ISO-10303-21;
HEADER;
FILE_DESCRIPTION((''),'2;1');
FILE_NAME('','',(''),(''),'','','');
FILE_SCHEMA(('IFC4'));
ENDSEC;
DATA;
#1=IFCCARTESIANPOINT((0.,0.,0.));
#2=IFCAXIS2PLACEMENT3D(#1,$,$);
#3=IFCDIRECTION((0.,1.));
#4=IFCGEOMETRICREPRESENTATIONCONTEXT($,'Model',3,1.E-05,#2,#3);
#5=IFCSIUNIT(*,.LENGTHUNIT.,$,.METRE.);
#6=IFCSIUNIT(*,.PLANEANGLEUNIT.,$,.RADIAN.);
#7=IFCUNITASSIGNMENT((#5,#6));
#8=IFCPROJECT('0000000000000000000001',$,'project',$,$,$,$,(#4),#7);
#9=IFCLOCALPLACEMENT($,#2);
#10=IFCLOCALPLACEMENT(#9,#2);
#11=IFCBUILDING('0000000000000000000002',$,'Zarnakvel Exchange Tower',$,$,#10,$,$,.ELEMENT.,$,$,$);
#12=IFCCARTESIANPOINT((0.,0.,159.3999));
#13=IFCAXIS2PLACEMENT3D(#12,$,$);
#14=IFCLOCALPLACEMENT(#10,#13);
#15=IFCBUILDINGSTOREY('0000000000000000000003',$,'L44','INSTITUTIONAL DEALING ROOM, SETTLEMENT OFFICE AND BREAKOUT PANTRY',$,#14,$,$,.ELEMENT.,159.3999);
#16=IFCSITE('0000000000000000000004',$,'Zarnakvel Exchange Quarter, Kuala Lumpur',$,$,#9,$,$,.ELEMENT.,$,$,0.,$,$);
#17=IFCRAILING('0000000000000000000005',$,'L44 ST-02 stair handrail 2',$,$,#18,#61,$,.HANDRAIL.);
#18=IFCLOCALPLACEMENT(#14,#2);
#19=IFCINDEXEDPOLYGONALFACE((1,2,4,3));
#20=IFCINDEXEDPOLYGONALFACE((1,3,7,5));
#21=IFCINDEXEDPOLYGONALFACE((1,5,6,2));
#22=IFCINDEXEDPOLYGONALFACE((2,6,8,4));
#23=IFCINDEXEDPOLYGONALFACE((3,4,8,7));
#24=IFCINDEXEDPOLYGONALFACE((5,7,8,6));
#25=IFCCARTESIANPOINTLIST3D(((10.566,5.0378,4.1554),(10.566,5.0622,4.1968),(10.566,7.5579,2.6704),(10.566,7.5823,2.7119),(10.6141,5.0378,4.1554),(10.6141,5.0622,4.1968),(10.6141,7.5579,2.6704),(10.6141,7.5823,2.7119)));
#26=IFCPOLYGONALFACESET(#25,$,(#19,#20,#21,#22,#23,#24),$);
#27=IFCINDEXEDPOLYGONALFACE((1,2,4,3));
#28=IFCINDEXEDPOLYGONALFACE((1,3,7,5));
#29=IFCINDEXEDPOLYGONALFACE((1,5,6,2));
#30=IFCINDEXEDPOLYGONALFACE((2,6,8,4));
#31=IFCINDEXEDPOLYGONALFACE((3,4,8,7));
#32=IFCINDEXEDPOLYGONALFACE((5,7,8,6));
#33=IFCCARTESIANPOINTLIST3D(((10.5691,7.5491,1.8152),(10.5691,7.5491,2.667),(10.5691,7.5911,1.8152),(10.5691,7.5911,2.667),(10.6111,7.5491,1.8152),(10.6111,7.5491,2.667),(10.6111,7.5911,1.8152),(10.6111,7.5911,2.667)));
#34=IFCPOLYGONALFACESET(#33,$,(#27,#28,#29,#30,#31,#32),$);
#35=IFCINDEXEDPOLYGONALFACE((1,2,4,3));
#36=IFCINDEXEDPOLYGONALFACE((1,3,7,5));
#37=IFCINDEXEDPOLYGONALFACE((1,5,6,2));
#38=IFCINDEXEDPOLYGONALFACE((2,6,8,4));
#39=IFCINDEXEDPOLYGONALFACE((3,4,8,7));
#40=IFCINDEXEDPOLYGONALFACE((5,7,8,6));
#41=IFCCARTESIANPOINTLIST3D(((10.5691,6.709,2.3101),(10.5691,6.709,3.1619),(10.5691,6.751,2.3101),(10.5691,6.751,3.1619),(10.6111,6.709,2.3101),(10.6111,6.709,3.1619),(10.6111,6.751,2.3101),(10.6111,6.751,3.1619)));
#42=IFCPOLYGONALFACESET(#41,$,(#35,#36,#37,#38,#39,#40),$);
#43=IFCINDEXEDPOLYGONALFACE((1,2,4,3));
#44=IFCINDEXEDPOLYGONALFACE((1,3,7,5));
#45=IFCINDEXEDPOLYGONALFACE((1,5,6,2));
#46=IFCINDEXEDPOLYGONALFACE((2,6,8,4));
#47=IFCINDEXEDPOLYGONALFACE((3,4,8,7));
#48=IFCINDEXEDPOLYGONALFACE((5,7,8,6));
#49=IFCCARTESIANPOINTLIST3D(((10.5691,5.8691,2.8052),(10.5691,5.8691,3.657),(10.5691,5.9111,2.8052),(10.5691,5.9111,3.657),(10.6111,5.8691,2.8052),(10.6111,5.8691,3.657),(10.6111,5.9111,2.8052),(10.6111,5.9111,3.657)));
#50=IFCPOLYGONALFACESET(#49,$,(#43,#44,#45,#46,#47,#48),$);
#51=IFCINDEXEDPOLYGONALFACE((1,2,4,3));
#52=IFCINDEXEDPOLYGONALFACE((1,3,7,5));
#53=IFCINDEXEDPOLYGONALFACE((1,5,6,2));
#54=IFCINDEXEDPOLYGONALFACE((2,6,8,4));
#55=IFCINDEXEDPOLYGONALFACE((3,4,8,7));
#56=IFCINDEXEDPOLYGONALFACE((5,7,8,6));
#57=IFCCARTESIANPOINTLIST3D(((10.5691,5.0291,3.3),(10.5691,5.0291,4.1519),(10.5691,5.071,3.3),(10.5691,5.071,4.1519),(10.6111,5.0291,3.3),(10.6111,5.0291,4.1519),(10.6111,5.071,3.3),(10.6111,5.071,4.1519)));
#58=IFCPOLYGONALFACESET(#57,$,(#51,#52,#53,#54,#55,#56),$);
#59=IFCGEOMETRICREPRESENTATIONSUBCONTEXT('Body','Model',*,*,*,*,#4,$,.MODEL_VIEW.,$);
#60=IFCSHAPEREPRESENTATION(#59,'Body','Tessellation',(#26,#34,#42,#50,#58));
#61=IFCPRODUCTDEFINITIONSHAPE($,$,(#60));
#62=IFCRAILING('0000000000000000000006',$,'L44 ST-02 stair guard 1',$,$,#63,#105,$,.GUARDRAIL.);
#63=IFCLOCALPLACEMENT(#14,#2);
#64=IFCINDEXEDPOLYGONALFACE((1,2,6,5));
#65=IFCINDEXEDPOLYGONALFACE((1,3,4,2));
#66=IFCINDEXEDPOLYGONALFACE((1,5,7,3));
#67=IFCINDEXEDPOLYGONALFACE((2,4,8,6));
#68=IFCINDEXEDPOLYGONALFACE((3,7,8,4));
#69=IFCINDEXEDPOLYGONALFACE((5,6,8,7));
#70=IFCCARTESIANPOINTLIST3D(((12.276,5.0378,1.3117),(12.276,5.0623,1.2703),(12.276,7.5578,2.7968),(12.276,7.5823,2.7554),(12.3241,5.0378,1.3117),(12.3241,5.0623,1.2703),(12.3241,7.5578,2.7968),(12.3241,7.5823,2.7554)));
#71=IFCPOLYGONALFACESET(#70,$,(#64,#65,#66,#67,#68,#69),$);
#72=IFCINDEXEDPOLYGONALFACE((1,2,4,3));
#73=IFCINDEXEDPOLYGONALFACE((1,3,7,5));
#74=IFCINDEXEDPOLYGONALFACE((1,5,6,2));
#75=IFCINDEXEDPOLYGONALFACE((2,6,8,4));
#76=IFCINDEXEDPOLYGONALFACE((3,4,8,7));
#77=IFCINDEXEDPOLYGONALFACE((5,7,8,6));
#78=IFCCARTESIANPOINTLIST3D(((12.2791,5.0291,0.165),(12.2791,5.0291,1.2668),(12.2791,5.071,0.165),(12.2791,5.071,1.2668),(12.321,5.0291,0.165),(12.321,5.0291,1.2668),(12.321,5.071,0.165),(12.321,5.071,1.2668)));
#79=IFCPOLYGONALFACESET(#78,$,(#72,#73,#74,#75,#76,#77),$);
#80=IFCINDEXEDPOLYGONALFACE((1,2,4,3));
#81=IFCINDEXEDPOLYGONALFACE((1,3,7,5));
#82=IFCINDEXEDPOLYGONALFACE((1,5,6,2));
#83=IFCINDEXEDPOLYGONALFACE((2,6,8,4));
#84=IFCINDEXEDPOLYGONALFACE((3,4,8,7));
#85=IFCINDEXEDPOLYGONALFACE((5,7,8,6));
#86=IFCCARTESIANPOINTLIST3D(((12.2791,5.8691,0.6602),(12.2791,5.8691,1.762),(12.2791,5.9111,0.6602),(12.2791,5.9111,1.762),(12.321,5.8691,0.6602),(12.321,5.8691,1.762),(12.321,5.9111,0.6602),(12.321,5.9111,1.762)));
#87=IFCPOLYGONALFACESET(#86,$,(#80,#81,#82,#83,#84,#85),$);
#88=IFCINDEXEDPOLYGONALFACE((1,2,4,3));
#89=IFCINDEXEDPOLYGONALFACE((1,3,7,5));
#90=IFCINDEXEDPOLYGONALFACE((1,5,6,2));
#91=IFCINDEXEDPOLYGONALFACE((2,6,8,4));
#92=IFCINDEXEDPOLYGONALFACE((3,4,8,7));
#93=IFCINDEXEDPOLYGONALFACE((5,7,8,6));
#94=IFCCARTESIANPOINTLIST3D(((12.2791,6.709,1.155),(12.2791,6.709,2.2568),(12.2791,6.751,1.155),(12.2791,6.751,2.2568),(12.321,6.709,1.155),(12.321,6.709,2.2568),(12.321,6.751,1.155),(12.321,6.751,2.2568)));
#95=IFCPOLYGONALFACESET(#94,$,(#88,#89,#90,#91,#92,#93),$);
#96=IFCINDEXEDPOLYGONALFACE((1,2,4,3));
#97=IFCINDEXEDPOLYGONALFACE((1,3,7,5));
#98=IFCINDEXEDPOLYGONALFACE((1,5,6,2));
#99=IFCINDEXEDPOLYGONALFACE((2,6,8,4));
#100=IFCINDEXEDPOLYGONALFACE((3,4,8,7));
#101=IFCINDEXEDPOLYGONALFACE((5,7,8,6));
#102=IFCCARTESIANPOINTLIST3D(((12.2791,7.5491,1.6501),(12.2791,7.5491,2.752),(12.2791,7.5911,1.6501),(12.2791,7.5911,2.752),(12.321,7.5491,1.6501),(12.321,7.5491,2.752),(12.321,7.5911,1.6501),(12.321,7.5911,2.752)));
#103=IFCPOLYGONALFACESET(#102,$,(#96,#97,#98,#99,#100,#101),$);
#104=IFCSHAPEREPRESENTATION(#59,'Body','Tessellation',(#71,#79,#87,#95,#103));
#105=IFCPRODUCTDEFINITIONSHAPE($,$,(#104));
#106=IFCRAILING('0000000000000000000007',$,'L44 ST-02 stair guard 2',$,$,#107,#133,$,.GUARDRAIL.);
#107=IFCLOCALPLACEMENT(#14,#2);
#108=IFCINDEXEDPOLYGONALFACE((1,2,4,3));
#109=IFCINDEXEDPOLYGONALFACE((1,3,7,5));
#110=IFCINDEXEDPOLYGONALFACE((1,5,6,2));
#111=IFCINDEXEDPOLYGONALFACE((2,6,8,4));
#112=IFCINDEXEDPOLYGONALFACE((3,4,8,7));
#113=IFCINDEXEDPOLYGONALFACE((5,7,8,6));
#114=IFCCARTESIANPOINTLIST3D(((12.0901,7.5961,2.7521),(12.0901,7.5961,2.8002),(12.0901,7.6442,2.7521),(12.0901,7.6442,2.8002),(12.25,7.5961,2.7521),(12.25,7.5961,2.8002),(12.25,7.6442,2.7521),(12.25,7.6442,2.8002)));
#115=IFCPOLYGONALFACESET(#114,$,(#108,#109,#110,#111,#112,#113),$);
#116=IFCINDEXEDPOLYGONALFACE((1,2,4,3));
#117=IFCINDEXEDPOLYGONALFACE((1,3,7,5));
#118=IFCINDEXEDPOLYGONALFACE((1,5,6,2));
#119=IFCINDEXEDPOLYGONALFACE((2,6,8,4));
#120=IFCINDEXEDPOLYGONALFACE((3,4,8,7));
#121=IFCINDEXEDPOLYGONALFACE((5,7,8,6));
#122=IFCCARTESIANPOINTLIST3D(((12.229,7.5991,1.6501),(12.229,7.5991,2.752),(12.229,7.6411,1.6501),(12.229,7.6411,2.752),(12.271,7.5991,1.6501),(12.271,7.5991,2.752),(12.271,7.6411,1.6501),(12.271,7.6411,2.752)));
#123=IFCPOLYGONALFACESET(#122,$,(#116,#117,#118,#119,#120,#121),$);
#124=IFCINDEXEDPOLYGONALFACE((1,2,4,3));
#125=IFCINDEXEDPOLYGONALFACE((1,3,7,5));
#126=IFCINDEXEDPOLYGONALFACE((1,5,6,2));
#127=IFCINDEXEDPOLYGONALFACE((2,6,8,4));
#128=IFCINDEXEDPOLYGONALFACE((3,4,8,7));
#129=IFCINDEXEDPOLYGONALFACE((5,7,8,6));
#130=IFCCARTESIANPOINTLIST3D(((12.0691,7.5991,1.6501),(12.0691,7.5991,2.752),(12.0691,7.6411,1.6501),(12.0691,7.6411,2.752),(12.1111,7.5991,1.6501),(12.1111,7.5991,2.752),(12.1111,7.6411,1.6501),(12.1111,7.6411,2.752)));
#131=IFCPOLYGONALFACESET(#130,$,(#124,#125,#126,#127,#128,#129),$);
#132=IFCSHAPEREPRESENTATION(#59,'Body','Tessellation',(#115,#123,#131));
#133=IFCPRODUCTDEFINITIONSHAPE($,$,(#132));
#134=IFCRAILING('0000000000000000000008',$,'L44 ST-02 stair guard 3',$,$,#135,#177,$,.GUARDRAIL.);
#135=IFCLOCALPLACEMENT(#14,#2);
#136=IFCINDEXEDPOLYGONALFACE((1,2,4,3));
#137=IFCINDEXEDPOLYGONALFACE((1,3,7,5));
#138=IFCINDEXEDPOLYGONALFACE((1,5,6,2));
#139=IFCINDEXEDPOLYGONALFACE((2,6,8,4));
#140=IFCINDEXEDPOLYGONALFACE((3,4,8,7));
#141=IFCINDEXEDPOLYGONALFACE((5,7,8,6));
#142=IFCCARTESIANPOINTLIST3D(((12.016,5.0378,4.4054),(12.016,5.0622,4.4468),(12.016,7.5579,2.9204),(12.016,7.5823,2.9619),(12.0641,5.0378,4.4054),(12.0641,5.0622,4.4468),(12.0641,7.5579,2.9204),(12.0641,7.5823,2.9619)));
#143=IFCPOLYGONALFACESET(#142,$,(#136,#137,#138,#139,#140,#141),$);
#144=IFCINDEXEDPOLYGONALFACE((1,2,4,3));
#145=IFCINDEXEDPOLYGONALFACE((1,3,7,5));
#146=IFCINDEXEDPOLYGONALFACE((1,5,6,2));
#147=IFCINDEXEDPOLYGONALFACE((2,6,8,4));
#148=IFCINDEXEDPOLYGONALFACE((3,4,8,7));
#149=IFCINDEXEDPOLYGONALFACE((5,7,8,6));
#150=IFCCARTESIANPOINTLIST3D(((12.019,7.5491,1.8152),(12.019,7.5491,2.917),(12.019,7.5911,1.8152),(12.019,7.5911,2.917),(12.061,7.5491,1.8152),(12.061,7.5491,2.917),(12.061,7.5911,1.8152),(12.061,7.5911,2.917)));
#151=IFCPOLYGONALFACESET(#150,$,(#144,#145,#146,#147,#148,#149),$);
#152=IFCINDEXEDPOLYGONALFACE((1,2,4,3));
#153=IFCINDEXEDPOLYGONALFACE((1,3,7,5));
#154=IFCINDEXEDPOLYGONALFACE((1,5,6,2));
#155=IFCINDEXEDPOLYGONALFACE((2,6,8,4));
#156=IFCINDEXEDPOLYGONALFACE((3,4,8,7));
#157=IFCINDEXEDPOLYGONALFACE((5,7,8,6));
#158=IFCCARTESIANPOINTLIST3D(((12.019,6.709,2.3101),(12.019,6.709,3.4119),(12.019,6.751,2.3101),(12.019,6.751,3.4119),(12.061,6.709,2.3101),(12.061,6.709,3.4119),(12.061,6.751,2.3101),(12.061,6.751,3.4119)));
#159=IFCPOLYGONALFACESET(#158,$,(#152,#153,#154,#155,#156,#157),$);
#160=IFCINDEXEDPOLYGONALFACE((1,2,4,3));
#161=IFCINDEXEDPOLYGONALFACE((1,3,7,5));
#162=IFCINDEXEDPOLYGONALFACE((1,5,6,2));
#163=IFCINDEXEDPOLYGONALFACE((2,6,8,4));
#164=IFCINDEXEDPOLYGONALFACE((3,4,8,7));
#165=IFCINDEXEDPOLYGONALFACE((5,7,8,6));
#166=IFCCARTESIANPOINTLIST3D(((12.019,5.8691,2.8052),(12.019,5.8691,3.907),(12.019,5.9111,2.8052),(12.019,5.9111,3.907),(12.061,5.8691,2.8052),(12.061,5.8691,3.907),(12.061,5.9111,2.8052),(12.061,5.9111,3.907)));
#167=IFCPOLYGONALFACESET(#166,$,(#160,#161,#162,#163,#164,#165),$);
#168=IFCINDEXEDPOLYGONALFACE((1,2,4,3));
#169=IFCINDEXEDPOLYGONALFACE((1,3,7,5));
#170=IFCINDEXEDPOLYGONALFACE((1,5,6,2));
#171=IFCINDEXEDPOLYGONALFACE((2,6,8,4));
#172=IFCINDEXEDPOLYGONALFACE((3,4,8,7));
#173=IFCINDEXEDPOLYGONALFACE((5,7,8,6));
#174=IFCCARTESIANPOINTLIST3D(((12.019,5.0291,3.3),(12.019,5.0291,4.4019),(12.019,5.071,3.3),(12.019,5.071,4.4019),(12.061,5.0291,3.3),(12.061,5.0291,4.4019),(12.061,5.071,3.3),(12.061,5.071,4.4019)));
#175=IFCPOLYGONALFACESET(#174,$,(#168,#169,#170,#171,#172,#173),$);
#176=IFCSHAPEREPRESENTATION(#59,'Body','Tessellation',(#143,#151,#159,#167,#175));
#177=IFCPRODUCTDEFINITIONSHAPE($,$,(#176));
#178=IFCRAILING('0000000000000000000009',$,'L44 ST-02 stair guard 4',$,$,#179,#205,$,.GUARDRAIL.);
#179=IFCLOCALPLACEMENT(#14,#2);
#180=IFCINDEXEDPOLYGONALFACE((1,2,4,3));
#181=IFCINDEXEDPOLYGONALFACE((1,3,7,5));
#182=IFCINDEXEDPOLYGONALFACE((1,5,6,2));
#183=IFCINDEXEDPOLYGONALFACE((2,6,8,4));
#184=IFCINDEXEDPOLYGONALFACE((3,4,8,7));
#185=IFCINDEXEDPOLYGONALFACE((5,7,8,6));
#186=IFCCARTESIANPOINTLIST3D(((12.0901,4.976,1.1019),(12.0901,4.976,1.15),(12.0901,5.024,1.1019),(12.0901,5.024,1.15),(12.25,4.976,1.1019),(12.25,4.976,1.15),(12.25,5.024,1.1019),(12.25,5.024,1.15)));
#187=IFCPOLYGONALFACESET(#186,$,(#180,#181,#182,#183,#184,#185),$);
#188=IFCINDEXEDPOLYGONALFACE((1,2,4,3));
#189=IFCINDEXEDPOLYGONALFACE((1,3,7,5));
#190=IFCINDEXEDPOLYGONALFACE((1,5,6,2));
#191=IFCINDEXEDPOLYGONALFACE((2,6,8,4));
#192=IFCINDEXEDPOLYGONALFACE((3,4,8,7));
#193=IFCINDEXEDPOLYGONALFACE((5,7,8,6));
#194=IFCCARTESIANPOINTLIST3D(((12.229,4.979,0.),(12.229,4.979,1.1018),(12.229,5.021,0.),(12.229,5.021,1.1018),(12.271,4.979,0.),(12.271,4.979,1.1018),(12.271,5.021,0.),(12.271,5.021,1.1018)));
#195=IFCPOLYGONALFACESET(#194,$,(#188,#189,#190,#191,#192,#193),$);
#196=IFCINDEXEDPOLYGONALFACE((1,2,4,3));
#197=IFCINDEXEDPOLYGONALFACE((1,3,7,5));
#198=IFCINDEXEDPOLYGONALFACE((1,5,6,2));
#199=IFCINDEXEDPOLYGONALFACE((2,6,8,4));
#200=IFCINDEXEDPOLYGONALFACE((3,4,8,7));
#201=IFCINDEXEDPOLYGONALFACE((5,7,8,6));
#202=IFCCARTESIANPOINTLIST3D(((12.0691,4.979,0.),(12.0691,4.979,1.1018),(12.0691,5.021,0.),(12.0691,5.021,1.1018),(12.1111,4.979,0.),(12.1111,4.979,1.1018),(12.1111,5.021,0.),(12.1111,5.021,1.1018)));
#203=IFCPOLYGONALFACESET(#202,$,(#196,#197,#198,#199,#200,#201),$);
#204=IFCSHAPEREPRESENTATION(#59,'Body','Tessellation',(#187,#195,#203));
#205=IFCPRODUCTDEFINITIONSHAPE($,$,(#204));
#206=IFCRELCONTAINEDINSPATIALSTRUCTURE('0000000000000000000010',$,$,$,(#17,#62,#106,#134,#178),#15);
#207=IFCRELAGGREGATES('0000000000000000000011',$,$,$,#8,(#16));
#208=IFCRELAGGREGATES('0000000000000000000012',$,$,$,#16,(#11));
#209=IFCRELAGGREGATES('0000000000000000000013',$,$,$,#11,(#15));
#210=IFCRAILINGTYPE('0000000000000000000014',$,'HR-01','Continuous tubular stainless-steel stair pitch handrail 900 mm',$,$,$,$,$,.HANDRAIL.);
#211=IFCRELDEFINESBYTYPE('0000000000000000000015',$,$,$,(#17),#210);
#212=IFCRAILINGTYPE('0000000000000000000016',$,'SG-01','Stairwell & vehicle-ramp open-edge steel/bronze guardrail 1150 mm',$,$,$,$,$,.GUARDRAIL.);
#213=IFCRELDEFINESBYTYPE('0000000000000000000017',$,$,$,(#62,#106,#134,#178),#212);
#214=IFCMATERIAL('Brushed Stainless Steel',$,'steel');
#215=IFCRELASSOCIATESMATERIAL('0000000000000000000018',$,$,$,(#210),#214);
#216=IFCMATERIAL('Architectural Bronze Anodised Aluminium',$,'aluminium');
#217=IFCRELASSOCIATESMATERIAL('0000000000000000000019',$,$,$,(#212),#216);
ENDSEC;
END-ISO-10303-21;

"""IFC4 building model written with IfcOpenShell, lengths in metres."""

from ifc_helpers import new_model, si_unit, direction, frame, origin, origin_2d, place, context, subcontext, project, spatial, rectangle, extrude, material, type_object, element, save


model = new_model("IFC4")

# Units and contexts
model_context = context("Model", 3, precision=1e-05, world=origin(), true_north=direction((0.0, 1.0)))
body_context = subcontext(model_context, "Body", "Model", "MODEL_VIEW")
ifc_project = project(units=[si_unit("LENGTHUNIT", "METRE"), si_unit("PLANEANGLEUNIT", "RADIAN")], contexts=[model_context])

# Site, building, storey
site_placement = place(None, origin())
site = spatial("IfcSite", under=ifc_project, at=site_placement, Name="Zarnakvel Exchange Quarter, Kuala Lumpur", CompositionType="ELEMENT", RefElevation=0.0)
building_placement = place(site_placement, origin())
building = spatial("IfcBuilding", under=site, at=building_placement, Name="Zarnakvel Exchange Tower", CompositionType="ELEMENT")
storey_placement = place(building_placement, frame((0.0, 0.0, 159.3999)))
storey = spatial("IfcBuildingStorey", under=building, at=storey_placement, Name="L44", Description="INSTITUTIONAL DEALING ROOM, SETTLEMENT OFFICE AND BREAKOUT PANTRY", CompositionType="ELEMENT", Elevation=159.3999)

# Shared definitions
ifc_material_1 = material(Name="Architectural Bronze Anodised Aluminium", Category="aluminium")

# Railings
ifc_material_2 = material(Name="Brushed Stainless Steel", Category="steel")
railing_type_1 = type_object("IfcRailingType", Name="HR-01", Description="Continuous tubular stainless-steel stair pitch handrail 900 mm", PredefinedType="HANDRAIL", material=ifc_material_2)
railing_1_placement = place(storey_placement, frame((10.5901, 7.5701, 1.8152)))
element("IfcRailing", 1, at=railing_1_placement, inside=storey, type_object=railing_type_1, Name="L44 ST-02 stair handrail 2", PredefinedType="HANDRAIL", context=body_context, shape_type="SweptSolid", body=[
    extrude(rectangle(XDim=0.0481, YDim=0.0481, at=origin_2d()), frame((0.0, 0.0, 0.876), z_axis=(0.0, -0.861561, 0.507655), x_axis=(1.0, 0.0, 0.0)), (0.0, 0.0, 1.0), 2.925),
    extrude(rectangle(XDim=0.042, YDim=0.042, at=origin_2d()), origin(), (0.0, 0.0, 1.0), 0.8518),
    extrude(rectangle(XDim=0.042, YDim=0.042, at=origin_2d()), frame((0.0, -0.8401, 0.4949)), (0.0, 0.0, 1.0), 0.8518),
    extrude(rectangle(XDim=0.042, YDim=0.042, at=origin_2d()), frame((0.0, -1.6799, 0.99)), (0.0, 0.0, 1.0), 0.8518),
    extrude(rectangle(XDim=0.042, YDim=0.042, at=origin_2d()), frame((0.0, -2.52, 1.4849)), (0.0, 0.0, 1.0), 0.8518),
])
railing_type_2 = type_object("IfcRailingType", Name="SG-01", Description="Stairwell & vehicle-ramp open-edge steel/bronze guardrail 1150 mm", PredefinedType="GUARDRAIL", material=ifc_material_1)
railing_2_placement = place(storey_placement, frame((12.3, 5.05, 0.165)))
element("IfcRailing", 2, at=railing_2_placement, inside=storey, type_object=railing_type_2, Name="L44 ST-02 stair guard 1", PredefinedType="GUARDRAIL", context=body_context, shape_type="SweptSolid", body=[
    extrude(rectangle(XDim=0.0481, YDim=0.0481, at=origin_2d()), frame((0.0, 0.0, 1.126), z_axis=(0.0, 0.861524, 0.507717), x_axis=(-1.0, 0.0, 0.0)), (0.0, 0.0, 1.0), 2.925),
    extrude(rectangle(XDim=0.042, YDim=0.042, at=origin_2d()), origin(), (0.0, 0.0, 1.0), 1.1018),
    extrude(rectangle(XDim=0.042, YDim=0.042, at=origin_2d()), frame((0.0, 0.8401, 0.4951)), (0.0, 0.0, 1.0), 1.1018),
    extrude(rectangle(XDim=0.042, YDim=0.042, at=origin_2d()), frame((0.0, 1.6799, 0.99)), (0.0, 0.0, 1.0), 1.1018),
    extrude(rectangle(XDim=0.042, YDim=0.042, at=origin_2d()), frame((0.0, 2.52, 1.4851)), (0.0, 0.0, 1.0), 1.1018),
])
railing_3_placement = place(storey_placement, frame((12.25, 7.6201, 1.6501)))
element("IfcRailing", 3, at=railing_3_placement, inside=storey, type_object=railing_type_2, Name="L44 ST-02 stair guard 2", PredefinedType="GUARDRAIL", context=body_context, shape_type="SweptSolid", body=[
    extrude(rectangle(XDim=0.0481, YDim=0.0481, at=origin_2d()), frame((0.0, 0.0, 1.126), z_axis=(-1.0, 0.0, 0.0), x_axis=(0.0, -1.0, 0.0)), (0.0, 0.0, 1.0), 0.1599),
    extrude(rectangle(XDim=0.042, YDim=0.042, at=origin_2d()), origin(), (0.0, 0.0, 1.0), 1.1018),
    extrude(rectangle(XDim=0.042, YDim=0.042, at=origin_2d()), frame((-0.1599, 0.0, 0.0)), (0.0, 0.0, 1.0), 1.1018),
])
railing_4_placement = place(storey_placement, frame((12.04, 7.5701, 1.8152)))
element("IfcRailing", 4, at=railing_4_placement, inside=storey, type_object=railing_type_2, Name="L44 ST-02 stair guard 3", PredefinedType="GUARDRAIL", context=body_context, shape_type="SweptSolid", body=[
    extrude(rectangle(XDim=0.0481, YDim=0.0481, at=origin_2d()), frame((0.0, 0.0, 1.126), z_axis=(0.0, -0.861561, 0.507655), x_axis=(1.0, 0.0, 0.0)), (0.0, 0.0, 1.0), 2.925),
    extrude(rectangle(XDim=0.042, YDim=0.042, at=origin_2d()), origin(), (0.0, 0.0, 1.0), 1.1018),
    extrude(rectangle(XDim=0.042, YDim=0.042, at=origin_2d()), frame((0.0, -0.8401, 0.4949)), (0.0, 0.0, 1.0), 1.1018),
    extrude(rectangle(XDim=0.042, YDim=0.042, at=origin_2d()), frame((0.0, -1.6799, 0.99)), (0.0, 0.0, 1.0), 1.1018),
    extrude(rectangle(XDim=0.042, YDim=0.042, at=origin_2d()), frame((0.0, -2.52, 1.4849)), (0.0, 0.0, 1.0), 1.1018),
])
railing_5_placement = place(storey_placement, frame((12.25, 5.0, 0.0)))
element("IfcRailing", 5, at=railing_5_placement, inside=storey, type_object=railing_type_2, Name="L44 ST-02 stair guard 4", PredefinedType="GUARDRAIL", context=body_context, shape_type="SweptSolid", body=[
    extrude(rectangle(XDim=0.0481, YDim=0.0481, at=origin_2d()), frame((0.0, 0.0, 1.126), z_axis=(-1.0, 0.0, 0.0), x_axis=(0.0, -1.0, 0.0)), (0.0, 0.0, 1.0), 0.1599),
    extrude(rectangle(XDim=0.042, YDim=0.042, at=origin_2d()), origin(), (0.0, 0.0, 1.0), 1.1018),
    extrude(rectangle(XDim=0.042, YDim=0.042, at=origin_2d()), frame((-0.1599, 0.0, 0.0)), (0.0, 0.0, 1.0), 1.1018),
])

save(model, "model.ifc")
